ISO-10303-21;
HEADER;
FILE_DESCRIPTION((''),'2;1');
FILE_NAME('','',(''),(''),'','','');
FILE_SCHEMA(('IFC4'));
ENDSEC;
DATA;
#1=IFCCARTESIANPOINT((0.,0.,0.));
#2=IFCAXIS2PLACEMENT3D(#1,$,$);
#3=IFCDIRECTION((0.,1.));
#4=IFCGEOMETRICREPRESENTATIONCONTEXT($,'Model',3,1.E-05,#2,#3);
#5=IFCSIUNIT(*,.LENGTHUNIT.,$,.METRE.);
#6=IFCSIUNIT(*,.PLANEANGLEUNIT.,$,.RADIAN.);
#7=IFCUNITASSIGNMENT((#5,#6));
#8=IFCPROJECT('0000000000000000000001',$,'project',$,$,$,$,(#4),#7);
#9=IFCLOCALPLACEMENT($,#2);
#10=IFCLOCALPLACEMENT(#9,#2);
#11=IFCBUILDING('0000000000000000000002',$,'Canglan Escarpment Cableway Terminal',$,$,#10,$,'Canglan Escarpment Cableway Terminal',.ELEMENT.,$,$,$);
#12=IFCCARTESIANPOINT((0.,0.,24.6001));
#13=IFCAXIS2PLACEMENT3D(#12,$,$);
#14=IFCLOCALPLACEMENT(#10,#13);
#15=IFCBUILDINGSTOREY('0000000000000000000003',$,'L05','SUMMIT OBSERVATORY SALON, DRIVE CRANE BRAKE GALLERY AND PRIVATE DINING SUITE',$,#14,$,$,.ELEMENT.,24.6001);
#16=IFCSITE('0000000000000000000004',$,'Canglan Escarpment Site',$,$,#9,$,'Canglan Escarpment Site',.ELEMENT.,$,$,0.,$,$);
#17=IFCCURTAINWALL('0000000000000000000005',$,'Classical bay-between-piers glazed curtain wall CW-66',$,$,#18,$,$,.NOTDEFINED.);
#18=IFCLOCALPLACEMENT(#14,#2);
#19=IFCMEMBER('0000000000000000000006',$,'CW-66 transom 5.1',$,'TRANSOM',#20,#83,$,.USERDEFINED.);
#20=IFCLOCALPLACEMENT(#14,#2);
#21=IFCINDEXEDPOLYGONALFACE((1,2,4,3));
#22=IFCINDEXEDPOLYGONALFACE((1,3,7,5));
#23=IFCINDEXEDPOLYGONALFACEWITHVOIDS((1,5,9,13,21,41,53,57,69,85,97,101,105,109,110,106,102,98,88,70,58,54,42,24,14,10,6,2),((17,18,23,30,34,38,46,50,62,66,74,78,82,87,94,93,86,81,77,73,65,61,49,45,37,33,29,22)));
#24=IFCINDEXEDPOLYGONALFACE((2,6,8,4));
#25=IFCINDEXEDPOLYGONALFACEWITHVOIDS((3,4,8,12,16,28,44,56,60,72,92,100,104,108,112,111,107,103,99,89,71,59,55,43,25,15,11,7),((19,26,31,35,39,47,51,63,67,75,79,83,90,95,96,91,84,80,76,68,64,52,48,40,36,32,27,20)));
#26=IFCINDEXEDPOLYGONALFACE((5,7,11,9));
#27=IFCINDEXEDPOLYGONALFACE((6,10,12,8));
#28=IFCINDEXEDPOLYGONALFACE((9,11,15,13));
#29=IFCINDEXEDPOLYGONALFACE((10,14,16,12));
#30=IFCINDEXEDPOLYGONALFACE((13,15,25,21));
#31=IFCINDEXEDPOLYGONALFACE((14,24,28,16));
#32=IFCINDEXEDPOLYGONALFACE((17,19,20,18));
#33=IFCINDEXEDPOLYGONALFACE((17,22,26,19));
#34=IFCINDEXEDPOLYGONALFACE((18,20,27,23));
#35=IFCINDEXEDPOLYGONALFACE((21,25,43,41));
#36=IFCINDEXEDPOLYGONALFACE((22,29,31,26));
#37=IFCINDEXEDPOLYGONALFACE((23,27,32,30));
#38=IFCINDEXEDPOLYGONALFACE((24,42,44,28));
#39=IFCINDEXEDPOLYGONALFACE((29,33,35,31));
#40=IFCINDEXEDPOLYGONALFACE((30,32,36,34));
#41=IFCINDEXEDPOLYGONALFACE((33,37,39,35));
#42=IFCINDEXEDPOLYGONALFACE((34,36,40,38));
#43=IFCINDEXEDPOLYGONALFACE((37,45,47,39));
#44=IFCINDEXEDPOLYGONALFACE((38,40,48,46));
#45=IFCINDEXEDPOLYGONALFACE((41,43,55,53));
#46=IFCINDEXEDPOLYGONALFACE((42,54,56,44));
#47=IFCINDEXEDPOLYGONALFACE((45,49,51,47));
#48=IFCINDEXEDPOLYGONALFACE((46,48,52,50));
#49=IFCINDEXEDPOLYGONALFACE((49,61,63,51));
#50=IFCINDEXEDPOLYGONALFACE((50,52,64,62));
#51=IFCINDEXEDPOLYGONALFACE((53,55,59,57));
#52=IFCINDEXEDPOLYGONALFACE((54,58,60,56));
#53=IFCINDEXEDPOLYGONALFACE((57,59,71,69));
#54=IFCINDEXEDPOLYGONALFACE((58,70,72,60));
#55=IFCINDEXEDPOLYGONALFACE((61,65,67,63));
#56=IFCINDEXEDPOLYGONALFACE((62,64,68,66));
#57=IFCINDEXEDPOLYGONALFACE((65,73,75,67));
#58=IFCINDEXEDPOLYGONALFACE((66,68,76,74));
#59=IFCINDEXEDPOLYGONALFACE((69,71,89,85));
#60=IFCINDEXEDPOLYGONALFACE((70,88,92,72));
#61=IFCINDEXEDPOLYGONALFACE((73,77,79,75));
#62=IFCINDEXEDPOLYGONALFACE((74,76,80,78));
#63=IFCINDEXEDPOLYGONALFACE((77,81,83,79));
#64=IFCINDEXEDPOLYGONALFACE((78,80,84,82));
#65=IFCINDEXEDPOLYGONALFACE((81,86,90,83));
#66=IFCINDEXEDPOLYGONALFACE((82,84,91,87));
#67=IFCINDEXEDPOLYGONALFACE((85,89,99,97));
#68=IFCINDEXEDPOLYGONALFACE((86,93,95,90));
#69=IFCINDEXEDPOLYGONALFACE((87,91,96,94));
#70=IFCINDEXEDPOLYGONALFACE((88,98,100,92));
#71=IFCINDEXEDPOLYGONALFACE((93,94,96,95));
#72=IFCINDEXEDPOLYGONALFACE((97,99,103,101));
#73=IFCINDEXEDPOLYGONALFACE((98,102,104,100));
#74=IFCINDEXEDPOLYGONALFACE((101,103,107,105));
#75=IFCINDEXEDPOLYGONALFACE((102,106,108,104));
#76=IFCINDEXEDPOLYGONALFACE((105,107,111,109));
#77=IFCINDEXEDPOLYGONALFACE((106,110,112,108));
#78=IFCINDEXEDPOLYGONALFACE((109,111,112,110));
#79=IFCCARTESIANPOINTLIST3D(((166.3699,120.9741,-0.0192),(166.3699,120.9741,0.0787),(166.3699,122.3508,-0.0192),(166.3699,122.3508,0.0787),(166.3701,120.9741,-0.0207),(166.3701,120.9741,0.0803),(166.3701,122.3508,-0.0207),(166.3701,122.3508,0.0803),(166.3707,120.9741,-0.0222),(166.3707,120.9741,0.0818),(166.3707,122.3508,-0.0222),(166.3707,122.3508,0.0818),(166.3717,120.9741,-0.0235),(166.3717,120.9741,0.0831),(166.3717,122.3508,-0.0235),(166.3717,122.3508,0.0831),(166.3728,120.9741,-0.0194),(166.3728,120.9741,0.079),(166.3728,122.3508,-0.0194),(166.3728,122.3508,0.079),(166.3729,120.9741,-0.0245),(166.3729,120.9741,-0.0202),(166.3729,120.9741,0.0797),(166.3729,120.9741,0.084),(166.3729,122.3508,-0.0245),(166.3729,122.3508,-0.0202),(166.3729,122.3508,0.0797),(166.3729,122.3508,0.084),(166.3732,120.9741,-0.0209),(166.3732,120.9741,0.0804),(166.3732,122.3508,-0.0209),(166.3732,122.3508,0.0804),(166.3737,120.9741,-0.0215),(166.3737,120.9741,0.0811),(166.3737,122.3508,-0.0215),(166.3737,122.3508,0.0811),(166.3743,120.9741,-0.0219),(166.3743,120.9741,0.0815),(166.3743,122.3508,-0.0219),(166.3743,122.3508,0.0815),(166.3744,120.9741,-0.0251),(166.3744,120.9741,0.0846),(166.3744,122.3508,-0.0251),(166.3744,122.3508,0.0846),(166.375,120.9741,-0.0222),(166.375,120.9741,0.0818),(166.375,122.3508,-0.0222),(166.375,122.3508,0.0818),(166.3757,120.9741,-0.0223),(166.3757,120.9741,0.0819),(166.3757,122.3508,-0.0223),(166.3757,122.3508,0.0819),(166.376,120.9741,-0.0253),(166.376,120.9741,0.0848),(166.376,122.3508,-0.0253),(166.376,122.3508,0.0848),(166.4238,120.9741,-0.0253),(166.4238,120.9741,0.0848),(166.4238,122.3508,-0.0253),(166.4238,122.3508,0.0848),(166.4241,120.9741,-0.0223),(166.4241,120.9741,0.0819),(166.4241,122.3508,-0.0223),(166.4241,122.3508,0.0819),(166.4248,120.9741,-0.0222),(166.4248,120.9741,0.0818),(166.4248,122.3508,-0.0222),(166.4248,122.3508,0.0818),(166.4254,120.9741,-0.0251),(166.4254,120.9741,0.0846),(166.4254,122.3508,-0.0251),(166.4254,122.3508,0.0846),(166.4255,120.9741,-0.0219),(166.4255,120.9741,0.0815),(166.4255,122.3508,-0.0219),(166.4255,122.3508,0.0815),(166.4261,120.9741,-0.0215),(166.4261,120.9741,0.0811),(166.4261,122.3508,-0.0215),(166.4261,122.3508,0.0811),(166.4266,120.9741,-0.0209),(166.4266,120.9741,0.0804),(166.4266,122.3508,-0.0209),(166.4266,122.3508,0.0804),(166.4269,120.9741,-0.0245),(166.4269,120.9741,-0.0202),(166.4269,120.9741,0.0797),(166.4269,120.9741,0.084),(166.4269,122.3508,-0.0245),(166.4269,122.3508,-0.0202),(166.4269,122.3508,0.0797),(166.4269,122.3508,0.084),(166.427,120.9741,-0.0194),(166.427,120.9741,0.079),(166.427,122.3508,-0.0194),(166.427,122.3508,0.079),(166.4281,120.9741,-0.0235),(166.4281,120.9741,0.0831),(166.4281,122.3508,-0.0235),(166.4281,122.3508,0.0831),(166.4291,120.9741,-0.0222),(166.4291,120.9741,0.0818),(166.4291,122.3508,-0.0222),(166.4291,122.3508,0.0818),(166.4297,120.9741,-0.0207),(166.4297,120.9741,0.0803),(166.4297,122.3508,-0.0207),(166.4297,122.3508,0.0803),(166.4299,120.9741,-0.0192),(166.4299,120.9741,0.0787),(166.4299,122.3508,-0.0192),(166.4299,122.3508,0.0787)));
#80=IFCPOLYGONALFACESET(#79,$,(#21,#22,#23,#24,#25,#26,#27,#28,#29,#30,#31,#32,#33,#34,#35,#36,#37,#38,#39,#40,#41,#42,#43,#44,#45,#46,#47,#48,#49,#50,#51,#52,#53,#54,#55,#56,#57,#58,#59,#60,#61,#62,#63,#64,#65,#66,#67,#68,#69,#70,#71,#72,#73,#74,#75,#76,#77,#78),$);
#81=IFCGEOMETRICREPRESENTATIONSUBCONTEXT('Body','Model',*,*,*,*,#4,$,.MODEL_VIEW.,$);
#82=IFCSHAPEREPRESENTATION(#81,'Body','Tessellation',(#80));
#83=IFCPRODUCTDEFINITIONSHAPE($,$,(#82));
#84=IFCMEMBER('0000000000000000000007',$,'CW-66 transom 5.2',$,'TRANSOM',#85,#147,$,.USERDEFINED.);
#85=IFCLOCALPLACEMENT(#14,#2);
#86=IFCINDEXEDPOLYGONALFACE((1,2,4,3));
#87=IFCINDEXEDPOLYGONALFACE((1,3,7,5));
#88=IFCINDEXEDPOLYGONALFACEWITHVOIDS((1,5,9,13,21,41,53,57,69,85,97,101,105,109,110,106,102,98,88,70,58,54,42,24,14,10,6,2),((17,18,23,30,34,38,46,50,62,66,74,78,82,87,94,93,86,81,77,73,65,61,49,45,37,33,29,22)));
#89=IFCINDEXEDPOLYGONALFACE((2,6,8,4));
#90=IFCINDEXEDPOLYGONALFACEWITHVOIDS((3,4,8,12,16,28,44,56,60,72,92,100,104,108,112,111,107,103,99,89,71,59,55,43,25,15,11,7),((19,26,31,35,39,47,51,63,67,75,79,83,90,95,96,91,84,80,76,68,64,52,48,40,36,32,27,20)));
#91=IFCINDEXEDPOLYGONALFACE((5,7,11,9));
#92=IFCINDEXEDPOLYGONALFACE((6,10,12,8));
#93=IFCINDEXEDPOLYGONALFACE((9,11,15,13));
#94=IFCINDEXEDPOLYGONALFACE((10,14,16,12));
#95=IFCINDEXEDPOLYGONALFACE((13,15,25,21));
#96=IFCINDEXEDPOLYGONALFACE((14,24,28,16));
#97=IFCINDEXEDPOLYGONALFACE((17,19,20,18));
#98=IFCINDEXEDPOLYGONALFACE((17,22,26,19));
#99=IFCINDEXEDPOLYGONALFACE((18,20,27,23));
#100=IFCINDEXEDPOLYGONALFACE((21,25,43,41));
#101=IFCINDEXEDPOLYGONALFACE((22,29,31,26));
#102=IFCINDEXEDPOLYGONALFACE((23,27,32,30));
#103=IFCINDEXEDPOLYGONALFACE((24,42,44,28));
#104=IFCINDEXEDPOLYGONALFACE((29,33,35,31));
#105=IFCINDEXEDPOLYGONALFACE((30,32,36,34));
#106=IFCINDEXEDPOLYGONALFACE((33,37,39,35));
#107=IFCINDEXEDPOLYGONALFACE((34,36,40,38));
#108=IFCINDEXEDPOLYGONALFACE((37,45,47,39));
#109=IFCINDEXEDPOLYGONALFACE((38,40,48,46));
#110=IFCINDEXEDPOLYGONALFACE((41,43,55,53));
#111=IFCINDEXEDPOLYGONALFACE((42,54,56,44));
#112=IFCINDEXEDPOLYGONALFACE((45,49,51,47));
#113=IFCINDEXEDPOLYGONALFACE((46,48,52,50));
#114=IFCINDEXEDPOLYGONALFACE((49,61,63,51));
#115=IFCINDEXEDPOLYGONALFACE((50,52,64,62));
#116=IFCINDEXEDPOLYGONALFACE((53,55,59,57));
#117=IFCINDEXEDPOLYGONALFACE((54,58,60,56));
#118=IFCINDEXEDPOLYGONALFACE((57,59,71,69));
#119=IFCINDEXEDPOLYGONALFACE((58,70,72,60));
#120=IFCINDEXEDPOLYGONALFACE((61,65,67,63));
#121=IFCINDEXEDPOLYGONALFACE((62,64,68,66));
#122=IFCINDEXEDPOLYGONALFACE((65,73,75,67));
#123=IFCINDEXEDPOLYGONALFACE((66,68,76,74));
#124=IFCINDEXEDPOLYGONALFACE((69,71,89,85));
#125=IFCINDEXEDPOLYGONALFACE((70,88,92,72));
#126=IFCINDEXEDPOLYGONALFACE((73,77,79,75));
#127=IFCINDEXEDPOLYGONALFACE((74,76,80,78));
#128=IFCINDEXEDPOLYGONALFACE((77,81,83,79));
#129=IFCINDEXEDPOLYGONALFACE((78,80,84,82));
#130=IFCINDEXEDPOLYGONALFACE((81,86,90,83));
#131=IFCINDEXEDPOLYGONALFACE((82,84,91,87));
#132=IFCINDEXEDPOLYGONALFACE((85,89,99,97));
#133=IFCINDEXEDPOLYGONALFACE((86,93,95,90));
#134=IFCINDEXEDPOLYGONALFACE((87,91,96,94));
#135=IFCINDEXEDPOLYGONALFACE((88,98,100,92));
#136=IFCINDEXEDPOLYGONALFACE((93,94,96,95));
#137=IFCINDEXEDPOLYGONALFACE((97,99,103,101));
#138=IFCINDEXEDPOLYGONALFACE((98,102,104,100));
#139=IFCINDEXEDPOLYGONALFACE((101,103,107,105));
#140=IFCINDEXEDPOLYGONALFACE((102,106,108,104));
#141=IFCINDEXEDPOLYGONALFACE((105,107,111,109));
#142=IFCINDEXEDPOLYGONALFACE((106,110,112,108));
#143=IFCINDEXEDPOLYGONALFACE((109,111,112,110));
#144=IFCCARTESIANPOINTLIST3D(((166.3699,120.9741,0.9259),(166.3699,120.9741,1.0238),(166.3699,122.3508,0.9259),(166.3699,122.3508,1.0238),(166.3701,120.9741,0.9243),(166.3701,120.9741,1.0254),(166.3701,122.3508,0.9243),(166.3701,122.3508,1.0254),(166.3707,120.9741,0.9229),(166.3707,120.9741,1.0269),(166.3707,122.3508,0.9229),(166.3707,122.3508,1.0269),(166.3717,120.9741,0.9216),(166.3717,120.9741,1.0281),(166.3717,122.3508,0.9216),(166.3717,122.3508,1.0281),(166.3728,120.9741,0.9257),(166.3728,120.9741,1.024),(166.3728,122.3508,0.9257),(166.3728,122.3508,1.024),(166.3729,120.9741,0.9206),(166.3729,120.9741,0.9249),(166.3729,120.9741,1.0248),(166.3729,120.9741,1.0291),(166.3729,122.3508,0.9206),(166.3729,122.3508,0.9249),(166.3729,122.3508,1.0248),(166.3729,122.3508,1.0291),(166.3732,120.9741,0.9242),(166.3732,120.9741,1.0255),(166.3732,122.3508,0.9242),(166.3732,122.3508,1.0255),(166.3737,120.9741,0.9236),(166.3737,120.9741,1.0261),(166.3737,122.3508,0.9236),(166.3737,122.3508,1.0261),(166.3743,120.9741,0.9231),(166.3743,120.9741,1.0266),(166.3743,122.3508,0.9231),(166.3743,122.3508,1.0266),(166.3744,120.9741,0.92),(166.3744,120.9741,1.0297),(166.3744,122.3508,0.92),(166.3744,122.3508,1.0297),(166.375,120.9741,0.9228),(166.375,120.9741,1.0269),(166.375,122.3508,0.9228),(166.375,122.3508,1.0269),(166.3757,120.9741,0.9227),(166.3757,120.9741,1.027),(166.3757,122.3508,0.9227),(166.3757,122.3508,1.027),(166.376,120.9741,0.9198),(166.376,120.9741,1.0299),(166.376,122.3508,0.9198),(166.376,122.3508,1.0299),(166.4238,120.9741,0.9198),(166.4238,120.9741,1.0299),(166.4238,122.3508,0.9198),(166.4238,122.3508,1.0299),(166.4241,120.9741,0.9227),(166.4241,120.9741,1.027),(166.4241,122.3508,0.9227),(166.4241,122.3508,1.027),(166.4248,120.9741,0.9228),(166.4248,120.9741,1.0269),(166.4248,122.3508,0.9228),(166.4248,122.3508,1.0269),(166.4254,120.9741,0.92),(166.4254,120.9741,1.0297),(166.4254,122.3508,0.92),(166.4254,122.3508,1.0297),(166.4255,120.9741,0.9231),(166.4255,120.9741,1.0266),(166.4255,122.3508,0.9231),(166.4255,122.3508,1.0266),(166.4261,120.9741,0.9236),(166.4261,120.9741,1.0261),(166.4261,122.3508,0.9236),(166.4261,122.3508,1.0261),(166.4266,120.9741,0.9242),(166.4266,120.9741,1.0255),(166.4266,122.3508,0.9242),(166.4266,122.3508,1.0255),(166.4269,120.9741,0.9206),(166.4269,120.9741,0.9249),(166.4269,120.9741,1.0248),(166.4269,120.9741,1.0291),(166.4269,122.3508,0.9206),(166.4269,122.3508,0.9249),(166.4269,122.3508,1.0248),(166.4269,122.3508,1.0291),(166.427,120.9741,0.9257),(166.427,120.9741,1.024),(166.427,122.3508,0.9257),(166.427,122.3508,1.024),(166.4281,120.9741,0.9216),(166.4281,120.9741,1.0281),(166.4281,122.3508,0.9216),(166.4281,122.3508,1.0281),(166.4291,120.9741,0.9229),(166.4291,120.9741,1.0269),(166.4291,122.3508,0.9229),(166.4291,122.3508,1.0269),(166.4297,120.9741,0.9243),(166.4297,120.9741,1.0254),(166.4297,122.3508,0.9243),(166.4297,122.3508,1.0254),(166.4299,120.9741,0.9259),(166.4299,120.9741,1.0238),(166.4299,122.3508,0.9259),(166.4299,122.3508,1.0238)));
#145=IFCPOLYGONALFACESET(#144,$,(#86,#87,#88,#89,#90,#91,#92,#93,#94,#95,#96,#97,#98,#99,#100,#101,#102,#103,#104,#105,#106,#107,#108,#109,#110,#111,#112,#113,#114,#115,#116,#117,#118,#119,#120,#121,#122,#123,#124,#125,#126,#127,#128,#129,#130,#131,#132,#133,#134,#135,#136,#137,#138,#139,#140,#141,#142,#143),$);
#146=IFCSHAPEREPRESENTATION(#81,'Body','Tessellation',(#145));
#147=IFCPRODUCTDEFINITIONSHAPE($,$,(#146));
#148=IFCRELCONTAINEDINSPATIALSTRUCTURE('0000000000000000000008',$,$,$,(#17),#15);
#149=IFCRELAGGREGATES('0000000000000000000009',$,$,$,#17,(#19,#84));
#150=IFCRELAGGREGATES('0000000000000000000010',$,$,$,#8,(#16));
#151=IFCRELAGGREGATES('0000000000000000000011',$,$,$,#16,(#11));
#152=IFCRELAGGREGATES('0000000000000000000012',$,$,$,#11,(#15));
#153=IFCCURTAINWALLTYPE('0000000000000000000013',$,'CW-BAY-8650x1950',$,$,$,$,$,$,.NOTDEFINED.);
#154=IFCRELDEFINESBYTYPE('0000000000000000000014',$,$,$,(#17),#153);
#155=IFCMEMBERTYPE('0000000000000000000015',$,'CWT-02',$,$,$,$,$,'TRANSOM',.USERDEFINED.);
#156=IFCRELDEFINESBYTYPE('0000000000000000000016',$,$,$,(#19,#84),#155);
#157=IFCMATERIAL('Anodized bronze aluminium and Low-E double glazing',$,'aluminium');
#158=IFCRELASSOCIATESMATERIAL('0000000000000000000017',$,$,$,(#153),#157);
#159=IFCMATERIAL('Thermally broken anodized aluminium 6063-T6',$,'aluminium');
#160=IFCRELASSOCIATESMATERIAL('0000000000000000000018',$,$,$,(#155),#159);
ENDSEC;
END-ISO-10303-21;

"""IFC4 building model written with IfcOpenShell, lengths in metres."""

from ifc_helpers import new_model, si_unit, direction, frame, origin, origin_2d, place, context, subcontext, project, spatial, hollow_rectangle, extrude, material, material_profile, profile_set, type_object, element, aggregate, save


model = new_model("IFC4")

# Units and contexts
model_context = context("Model", 3, precision=1e-05, world=origin(), true_north=direction((0.0, 1.0)))
body_context = subcontext(model_context, "Body", "Model", "MODEL_VIEW")
ifc_project = project(units=[si_unit("LENGTHUNIT", "METRE"), si_unit("PLANEANGLEUNIT", "RADIAN")], contexts=[model_context])

# Site, building, storey
site_placement = place(None, origin())
site = spatial("IfcSite", under=ifc_project, at=site_placement, Name="Canglan Escarpment Site", LongName="Canglan Escarpment Site", CompositionType="ELEMENT", RefElevation=0.0)
building_placement = place(site_placement, origin())
building = spatial("IfcBuilding", under=site, at=building_placement, Name="Canglan Escarpment Cableway Terminal", LongName="Canglan Escarpment Cableway Terminal", CompositionType="ELEMENT")
storey_placement = place(building_placement, frame((0.0, 0.0, 24.6001)))
storey = spatial("IfcBuildingStorey", under=building, at=storey_placement, Name="L05", Description="SUMMIT OBSERVATORY SALON, DRIVE CRANE BRAKE GALLERY AND PRIVATE DINING SUITE", CompositionType="ELEMENT", Elevation=24.6001)

# Curtain wall, members
ifc_material_1 = material(Name="Anodized bronze aluminium and Low-E double glazing", Category="aluminium")
curtain_wall_type = type_object("IfcCurtainWallType", Name="CW-BAY-8650x1950", PredefinedType="NOTDEFINED", material=ifc_material_1)
curtain_wall_placement = place(storey_placement, origin())
curtain_wall = element("IfcCurtainWall", 1, at=curtain_wall_placement, inside=storey, type_object=curtain_wall_type, Name="Classical bay-between-piers glazed curtain wall CW-66", PredefinedType="NOTDEFINED")
ifc_material_2 = material(Name="Thermally broken anodized aluminium 6063-T6", Category="aluminium")
ifc_material_profile_1 = material_profile(ifc_material_2, hollow_rectangle(XDim=0.0601, YDim=0.1101, WallThickness=0.0029, InnerFilletRadius=0.0029, OuterFilletRadius=0.0061, at=origin_2d()), Name="ALU-TRAN 60x110x3")
ifc_profile_set_1 = profile_set([ifc_material_profile_1], Name="Thermally broken anodized aluminium 6063-T6")
member_type_1 = type_object("IfcMemberType", Name="CWT-02", ElementType="TRANSOM", PredefinedType="USERDEFINED", material=ifc_profile_set_1)
member_1_placement = place(storey_placement, frame((166.3999, 120.9741, 0.0298), z_axis=(0.0, 1.0, 0.0), x_axis=(-1.0, 0.0, 0.0)))
member_1 = element("IfcMember", 2, at=member_1_placement, type_object=member_type_1, Name="CW-66 transom 5.1", ObjectType="TRANSOM", PredefinedType="USERDEFINED", context=body_context, shape_type="SweptSolid", body=[
    extrude(hollow_rectangle(XDim=0.0601, YDim=0.1101, WallThickness=0.0029, InnerFilletRadius=0.0029, OuterFilletRadius=0.0061, at=origin_2d()), origin(), (0.0, 0.0, 1.0), 1.3767),
])
member_2_placement = place(storey_placement, frame((166.3999, 120.9741, 0.9749), z_axis=(0.0, 1.0, 0.0), x_axis=(-1.0, 0.0, 0.0)))
member_2 = element("IfcMember", 3, at=member_2_placement, type_object=member_type_1, Name="CW-66 transom 5.2", ObjectType="TRANSOM", PredefinedType="USERDEFINED", context=body_context, shape_type="SweptSolid", body=[
    extrude(hollow_rectangle(XDim=0.0601, YDim=0.1101, WallThickness=0.0029, InnerFilletRadius=0.0029, OuterFilletRadius=0.0061, at=origin_2d()), origin(), (0.0, 0.0, 1.0), 1.3767),
])

aggregate(curtain_wall, [member_1, member_2])

save(model, "model.ifc")
